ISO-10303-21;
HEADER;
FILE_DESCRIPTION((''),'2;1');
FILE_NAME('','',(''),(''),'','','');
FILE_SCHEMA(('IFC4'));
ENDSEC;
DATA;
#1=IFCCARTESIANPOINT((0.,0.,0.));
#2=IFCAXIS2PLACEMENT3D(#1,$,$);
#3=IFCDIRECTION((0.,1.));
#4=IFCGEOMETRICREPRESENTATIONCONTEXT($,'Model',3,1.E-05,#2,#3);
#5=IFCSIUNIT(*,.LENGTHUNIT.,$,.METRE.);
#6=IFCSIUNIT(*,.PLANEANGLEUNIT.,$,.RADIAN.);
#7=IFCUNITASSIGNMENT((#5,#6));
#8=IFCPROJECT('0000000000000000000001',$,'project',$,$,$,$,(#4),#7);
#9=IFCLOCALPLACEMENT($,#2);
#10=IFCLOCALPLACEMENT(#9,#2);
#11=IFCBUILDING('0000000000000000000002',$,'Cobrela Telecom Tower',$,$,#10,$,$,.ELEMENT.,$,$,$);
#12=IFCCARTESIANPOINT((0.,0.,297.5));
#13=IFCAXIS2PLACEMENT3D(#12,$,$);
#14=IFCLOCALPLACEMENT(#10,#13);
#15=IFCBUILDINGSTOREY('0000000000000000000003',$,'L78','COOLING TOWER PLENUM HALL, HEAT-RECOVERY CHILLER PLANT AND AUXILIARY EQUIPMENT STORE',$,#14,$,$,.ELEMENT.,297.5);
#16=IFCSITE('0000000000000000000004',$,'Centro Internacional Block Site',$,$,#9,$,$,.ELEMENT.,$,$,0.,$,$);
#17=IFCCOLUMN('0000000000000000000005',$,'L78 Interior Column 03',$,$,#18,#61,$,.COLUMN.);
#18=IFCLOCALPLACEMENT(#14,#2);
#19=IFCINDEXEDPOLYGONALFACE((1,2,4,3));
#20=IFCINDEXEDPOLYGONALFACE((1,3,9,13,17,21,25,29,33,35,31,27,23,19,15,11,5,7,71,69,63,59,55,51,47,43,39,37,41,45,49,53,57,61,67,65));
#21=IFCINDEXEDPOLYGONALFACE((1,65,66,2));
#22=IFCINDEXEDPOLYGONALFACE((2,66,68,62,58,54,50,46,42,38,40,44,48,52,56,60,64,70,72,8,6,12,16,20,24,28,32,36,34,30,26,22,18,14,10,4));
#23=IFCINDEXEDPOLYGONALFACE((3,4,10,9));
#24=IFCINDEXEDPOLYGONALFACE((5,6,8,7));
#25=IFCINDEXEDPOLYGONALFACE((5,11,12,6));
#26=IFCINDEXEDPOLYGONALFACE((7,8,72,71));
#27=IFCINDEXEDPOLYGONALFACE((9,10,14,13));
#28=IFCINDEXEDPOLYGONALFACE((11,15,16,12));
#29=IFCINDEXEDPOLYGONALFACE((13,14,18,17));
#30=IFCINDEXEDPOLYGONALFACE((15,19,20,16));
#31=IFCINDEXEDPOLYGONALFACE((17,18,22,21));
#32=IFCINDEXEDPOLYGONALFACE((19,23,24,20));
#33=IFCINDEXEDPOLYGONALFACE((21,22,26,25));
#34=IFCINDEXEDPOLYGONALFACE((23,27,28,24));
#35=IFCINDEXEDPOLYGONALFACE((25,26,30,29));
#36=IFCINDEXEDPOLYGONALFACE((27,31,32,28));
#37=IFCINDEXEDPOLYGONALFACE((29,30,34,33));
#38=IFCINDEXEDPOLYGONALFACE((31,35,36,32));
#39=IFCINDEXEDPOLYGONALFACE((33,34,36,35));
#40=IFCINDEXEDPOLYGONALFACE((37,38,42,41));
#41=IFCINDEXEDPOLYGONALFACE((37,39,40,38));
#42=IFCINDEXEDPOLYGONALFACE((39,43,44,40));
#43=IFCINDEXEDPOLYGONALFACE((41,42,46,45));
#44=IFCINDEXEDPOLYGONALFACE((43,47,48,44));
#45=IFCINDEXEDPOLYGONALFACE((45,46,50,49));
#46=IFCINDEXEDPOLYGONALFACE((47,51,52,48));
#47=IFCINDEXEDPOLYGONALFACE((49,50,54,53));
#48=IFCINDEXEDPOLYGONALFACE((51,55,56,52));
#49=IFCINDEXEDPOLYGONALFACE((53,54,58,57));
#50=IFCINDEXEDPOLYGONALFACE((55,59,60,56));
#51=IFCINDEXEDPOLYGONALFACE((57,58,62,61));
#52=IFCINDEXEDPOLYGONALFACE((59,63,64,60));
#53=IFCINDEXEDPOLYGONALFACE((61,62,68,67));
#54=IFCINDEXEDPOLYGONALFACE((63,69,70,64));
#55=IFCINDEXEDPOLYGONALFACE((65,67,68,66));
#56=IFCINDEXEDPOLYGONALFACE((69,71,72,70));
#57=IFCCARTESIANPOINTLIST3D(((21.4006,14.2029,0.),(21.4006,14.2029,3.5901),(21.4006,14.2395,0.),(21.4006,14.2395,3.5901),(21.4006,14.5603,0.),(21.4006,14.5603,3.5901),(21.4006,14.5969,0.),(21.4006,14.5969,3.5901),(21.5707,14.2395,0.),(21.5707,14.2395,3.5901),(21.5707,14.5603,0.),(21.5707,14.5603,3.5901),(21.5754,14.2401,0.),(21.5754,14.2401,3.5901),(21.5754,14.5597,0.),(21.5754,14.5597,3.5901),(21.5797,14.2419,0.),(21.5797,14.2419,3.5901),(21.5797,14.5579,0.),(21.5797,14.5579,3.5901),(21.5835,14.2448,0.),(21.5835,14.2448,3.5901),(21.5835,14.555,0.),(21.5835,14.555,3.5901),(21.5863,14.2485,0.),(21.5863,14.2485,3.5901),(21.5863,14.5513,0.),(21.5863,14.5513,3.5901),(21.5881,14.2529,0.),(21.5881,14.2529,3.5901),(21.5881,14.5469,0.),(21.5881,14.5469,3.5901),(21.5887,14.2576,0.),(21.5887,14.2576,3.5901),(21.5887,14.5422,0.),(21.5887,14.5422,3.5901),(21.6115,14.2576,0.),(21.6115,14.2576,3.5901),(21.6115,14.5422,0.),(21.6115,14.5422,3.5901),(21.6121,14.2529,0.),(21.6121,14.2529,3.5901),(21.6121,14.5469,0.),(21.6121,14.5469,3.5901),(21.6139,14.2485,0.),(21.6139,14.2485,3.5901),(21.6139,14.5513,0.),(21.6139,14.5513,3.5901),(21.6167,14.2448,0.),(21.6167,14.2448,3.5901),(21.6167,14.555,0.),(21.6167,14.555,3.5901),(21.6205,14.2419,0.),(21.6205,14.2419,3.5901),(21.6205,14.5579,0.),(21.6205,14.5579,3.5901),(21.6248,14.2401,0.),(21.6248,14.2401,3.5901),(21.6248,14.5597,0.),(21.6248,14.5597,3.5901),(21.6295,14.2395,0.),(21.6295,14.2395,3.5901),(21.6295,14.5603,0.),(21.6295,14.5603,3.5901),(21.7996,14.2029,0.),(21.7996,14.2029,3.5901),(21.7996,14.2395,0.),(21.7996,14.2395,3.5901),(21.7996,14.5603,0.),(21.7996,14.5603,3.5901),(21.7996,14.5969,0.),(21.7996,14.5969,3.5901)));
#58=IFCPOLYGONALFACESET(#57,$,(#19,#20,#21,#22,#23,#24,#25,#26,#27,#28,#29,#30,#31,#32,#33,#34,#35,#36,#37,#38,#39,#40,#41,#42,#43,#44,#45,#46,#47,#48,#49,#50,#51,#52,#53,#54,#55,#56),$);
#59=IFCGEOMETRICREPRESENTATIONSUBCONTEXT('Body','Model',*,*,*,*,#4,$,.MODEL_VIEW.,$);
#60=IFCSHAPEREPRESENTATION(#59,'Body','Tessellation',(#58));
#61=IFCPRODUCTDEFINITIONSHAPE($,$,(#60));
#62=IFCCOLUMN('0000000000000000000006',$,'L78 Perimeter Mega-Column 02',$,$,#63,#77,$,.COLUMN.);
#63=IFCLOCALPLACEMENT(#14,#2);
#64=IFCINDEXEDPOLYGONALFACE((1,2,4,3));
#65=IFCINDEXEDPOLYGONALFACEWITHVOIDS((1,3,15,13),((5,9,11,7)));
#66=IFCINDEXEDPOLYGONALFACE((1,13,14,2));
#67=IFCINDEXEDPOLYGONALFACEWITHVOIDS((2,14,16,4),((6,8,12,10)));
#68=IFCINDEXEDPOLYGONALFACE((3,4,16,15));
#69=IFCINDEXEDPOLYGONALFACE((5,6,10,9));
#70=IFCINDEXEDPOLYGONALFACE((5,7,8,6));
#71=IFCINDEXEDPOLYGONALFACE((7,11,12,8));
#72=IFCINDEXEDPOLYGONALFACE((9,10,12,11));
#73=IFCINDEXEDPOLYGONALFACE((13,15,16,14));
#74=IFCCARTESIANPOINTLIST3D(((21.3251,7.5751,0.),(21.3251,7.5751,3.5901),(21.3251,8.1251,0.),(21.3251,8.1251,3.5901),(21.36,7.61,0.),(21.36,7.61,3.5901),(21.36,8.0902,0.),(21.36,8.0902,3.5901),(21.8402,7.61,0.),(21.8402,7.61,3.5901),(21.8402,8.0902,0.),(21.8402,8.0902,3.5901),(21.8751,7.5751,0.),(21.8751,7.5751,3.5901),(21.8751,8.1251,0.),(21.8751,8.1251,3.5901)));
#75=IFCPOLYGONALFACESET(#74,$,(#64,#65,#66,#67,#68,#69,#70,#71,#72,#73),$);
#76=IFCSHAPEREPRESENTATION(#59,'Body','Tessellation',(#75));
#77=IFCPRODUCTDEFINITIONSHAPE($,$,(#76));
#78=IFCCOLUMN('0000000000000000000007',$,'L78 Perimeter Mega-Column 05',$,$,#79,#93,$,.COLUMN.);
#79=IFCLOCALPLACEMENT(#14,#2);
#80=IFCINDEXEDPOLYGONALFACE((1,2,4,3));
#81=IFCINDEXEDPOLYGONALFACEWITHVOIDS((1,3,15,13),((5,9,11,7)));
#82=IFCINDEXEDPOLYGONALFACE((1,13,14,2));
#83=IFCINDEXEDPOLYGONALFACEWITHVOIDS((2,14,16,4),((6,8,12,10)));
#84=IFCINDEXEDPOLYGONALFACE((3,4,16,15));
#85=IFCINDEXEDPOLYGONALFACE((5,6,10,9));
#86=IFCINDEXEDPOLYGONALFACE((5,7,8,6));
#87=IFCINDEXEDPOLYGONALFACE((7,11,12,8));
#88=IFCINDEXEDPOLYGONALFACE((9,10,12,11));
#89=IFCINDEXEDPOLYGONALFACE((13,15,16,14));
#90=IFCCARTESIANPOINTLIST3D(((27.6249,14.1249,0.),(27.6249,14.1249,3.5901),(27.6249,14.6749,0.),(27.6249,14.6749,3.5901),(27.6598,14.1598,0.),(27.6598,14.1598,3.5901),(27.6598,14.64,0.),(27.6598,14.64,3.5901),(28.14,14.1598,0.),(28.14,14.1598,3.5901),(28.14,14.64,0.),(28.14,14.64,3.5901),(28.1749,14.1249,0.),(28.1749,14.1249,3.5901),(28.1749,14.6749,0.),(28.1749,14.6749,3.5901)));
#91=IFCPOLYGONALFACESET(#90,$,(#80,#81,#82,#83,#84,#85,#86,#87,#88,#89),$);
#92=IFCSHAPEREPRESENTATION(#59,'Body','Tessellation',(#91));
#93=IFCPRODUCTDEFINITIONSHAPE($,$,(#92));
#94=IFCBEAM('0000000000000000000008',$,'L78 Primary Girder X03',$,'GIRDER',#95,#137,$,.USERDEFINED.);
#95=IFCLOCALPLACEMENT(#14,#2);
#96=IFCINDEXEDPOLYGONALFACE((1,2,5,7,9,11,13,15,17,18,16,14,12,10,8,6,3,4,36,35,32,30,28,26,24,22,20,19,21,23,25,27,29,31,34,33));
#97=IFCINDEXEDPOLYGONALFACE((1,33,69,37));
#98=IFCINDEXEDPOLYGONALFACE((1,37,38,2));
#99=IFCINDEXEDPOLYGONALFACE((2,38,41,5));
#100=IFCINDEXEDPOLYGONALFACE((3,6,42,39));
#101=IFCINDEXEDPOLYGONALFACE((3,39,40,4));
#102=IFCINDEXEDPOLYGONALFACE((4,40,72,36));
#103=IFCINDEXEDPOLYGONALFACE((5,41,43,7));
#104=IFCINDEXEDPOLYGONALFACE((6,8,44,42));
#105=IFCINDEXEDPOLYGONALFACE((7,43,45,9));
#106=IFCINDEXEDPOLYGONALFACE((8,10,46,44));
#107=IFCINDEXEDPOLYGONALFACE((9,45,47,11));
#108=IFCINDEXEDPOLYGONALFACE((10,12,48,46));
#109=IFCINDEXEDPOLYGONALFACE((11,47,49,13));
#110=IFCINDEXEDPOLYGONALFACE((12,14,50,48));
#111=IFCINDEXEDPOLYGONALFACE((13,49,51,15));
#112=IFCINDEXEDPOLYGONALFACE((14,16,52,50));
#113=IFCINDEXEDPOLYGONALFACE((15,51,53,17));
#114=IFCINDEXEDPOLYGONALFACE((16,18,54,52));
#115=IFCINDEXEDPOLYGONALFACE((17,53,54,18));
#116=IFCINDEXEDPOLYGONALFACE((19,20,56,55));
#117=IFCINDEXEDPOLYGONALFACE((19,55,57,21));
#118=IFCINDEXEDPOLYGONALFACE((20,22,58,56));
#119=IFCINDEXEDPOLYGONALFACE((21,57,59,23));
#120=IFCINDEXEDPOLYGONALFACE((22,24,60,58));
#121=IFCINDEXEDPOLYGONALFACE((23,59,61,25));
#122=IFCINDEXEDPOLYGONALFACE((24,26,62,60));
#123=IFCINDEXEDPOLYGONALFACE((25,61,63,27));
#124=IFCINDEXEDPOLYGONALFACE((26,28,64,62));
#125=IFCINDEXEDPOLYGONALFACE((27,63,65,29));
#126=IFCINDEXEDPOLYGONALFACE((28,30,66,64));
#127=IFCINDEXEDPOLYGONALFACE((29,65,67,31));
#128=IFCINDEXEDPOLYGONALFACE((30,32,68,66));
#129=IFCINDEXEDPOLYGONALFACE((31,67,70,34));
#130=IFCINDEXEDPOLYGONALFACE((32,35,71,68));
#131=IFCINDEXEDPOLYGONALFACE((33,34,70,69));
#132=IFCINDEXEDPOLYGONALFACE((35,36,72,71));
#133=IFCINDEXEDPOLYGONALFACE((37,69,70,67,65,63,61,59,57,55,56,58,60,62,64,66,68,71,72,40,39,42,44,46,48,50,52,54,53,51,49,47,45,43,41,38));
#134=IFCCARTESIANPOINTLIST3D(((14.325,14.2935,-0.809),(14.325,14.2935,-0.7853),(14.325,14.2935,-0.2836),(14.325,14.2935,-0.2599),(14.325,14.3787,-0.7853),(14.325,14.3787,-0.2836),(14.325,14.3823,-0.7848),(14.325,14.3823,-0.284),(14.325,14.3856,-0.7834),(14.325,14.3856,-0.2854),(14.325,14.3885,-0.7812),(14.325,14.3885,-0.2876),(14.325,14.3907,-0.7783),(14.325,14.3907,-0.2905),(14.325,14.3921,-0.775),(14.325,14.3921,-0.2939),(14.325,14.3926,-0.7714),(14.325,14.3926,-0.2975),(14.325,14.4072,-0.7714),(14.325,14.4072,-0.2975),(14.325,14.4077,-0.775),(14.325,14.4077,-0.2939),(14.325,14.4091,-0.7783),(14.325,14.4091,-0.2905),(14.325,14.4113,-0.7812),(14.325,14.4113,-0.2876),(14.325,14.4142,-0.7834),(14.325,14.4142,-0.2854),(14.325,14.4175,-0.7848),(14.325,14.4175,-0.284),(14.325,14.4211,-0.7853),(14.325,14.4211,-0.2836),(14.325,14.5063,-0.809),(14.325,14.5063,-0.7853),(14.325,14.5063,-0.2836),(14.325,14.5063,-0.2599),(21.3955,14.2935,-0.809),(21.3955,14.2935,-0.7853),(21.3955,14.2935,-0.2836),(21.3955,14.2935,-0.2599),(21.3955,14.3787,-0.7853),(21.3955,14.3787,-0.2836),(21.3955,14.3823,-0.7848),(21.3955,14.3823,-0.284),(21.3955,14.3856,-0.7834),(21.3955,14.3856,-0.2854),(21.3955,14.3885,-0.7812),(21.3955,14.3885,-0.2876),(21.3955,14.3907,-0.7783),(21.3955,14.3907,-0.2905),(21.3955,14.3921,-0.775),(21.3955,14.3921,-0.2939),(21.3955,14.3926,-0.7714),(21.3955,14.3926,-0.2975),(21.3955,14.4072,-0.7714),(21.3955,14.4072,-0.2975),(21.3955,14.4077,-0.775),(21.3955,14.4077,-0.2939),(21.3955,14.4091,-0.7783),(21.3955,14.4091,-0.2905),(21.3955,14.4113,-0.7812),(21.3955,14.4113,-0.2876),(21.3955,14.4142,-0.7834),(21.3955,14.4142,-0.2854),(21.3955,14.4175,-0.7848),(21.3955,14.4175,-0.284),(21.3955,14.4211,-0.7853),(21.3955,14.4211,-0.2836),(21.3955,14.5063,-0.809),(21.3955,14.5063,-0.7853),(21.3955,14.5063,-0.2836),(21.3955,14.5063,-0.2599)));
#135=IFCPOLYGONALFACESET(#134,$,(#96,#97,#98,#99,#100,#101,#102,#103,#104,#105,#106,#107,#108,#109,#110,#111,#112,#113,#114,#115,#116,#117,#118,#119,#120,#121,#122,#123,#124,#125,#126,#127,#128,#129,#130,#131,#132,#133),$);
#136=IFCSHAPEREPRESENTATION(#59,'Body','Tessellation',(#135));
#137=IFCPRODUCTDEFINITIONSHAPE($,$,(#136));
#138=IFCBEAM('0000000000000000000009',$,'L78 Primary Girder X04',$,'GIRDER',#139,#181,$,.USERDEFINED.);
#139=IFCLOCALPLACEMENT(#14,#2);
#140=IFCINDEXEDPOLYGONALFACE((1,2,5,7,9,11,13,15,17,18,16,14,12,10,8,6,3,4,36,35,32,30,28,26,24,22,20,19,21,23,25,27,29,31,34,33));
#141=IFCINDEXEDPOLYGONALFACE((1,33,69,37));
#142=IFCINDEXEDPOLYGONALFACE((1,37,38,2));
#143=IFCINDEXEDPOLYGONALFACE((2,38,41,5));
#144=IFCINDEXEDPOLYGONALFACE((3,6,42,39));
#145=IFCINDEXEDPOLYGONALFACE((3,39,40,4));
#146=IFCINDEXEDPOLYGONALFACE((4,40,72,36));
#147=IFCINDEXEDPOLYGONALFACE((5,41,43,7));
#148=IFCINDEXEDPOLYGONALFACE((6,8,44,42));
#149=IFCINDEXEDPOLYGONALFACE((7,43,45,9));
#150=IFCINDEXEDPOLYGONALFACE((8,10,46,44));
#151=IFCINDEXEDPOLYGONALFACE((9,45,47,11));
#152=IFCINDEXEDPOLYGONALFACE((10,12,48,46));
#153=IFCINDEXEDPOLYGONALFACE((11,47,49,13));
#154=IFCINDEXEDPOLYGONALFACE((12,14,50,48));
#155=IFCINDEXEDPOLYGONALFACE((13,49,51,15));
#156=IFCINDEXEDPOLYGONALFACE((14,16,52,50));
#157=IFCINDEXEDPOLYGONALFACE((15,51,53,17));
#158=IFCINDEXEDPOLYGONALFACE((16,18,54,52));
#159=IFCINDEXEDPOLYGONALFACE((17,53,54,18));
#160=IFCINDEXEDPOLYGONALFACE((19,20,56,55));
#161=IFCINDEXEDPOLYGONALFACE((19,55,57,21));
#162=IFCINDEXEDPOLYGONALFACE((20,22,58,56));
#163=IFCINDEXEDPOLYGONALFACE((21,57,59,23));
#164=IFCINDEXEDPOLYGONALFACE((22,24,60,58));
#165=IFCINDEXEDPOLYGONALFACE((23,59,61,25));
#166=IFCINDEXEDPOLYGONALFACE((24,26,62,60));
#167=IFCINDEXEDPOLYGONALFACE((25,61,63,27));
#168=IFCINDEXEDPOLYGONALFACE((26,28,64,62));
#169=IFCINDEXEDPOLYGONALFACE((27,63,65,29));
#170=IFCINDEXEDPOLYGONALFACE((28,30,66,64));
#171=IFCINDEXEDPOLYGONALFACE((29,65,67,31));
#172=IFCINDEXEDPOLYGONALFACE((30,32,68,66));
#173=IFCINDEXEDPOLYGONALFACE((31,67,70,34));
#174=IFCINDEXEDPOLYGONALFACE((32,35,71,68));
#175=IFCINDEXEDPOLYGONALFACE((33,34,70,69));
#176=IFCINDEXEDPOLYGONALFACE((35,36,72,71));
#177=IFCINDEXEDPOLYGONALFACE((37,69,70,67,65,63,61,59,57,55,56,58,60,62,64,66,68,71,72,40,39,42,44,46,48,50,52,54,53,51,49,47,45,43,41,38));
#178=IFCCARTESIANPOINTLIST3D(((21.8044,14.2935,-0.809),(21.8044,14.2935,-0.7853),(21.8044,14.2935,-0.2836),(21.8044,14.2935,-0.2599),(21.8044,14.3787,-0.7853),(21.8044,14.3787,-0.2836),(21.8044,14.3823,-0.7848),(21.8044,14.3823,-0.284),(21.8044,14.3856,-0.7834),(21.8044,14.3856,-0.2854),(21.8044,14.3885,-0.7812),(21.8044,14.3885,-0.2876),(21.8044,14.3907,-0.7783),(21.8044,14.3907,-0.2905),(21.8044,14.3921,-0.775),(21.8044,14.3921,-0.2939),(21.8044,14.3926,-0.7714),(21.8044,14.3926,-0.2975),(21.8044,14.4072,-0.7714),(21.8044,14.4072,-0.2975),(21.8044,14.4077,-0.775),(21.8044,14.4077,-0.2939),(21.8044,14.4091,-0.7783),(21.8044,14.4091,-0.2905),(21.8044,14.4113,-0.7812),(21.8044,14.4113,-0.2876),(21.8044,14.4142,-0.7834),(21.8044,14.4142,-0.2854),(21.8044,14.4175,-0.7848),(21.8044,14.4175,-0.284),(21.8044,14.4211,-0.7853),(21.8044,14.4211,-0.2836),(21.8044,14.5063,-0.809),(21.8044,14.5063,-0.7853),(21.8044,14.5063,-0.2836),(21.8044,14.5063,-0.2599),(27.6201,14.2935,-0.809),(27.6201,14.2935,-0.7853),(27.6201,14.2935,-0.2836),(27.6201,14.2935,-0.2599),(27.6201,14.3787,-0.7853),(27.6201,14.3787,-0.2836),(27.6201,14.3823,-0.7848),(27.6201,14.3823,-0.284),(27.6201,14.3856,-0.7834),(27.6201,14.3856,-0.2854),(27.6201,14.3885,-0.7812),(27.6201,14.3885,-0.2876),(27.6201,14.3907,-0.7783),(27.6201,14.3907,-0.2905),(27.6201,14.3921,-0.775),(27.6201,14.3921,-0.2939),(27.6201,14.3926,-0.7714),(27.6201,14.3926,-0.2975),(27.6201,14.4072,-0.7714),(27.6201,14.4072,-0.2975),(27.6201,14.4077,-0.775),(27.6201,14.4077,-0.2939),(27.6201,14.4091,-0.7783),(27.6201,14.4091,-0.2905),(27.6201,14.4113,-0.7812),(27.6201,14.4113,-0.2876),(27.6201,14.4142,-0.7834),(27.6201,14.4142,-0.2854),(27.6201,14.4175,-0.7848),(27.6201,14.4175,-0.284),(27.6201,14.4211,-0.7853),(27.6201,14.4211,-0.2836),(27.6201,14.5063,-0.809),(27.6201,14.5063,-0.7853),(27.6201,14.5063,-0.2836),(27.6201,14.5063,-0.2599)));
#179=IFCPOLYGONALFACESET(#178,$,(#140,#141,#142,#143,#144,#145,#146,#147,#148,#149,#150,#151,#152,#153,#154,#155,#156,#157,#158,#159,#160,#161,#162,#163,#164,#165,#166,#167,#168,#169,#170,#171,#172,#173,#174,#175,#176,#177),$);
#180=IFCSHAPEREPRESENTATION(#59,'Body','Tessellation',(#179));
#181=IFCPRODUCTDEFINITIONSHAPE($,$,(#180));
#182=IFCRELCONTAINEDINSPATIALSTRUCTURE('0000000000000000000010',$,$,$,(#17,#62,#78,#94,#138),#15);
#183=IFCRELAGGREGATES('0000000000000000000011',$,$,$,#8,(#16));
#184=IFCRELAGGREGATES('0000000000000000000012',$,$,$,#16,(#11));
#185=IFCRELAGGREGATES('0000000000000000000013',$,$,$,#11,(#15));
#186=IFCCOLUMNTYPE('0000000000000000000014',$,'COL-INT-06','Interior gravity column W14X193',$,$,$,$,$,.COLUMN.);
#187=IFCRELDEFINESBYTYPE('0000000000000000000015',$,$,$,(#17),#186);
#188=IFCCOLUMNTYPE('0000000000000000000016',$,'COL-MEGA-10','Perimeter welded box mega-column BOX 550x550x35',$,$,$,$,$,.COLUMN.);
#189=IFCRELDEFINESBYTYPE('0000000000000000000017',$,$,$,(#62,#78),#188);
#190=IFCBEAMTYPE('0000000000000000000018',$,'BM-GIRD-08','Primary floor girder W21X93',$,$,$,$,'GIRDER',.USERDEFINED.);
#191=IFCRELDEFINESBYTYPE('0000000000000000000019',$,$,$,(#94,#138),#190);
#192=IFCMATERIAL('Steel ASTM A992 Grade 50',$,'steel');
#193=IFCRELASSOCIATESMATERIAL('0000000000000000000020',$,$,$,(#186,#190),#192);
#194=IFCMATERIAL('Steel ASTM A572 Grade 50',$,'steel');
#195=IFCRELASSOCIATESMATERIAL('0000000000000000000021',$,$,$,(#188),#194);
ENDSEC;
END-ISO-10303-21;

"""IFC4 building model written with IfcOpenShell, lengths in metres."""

from ifc_helpers import new_model, si_unit, direction, frame, origin, origin_2d, place, context, subcontext, project, spatial, hollow_rectangle, i_section, extrude, material, material_profile, profile_set, type_object, element, save


model = new_model("IFC4")

# Units and contexts
model_context = context("Model", 3, precision=1e-05, world=origin(), true_north=direction((0.0, 1.0)))
body_context = subcontext(model_context, "Body", "Model", "MODEL_VIEW")
ifc_project = project(units=[si_unit("LENGTHUNIT", "METRE"), si_unit("PLANEANGLEUNIT", "RADIAN")], contexts=[model_context])

# Site, building, storey
site_placement = place(None, origin())
site = spatial("IfcSite", under=ifc_project, at=site_placement, Name="Centro Internacional Block Site", CompositionType="ELEMENT", RefElevation=0.0)
building_placement = place(site_placement, origin())
building = spatial("IfcBuilding", under=site, at=building_placement, Name="Cobrela Telecom Tower", CompositionType="ELEMENT")
storey_placement = place(building_placement, frame((0.0, 0.0, 297.5)))
storey = spatial("IfcBuildingStorey", under=building, at=storey_placement, Name="L78", Description="COOLING TOWER PLENUM HALL, HEAT-RECOVERY CHILLER PLANT AND AUXILIARY EQUIPMENT STORE", CompositionType="ELEMENT", Elevation=297.5)

# Columns
ifc_material_1 = material(Name="Steel ASTM A992 Grade 50", Category="steel")
ifc_material_profile_1 = material_profile(ifc_material_1, i_section(OverallWidth=0.3989, OverallDepth=0.394, WebThickness=0.0227, FlangeThickness=0.0366, FilletRadius=0.0181, at=origin_2d()), Name="W14X193")
ifc_profile_set_1 = profile_set([ifc_material_profile_1], Name="Steel ASTM A992 Grade 50")
column_type_1 = type_object("IfcColumnType", Name="COL-INT-06", Description="Interior gravity column W14X193", PredefinedType="COLUMN", material=ifc_profile_set_1)
column_placement = place(storey_placement, frame((21.6001, 14.3999, 0.0), z_axis=(0.0, 0.0, 1.0), x_axis=(1.0, 0.0, 0.0)))
element("IfcColumn", 1, at=column_placement, inside=storey, type_object=column_type_1, Name="L78 Interior Column 03", PredefinedType="COLUMN", context=body_context, shape_type="SweptSolid", body=[
    extrude(i_section(OverallWidth=0.3989, OverallDepth=0.394, WebThickness=0.0227, FlangeThickness=0.0366, FilletRadius=0.0181, at=origin_2d()), origin(), (0.0, 0.0, 1.0), 3.5901),
])
ifc_material_2 = material(Name="Steel ASTM A572 Grade 50", Category="steel")
ifc_material_profile_2 = material_profile(ifc_material_2, hollow_rectangle(XDim=0.55, YDim=0.55, WallThickness=0.0349, at=origin_2d()), Name="BOX 550x550x35")
ifc_profile_set_2 = profile_set([ifc_material_profile_2], Name="Steel ASTM A572 Grade 50")
column_type_2 = type_object("IfcColumnType", Name="COL-MEGA-10", Description="Perimeter welded box mega-column BOX 550x550x35", PredefinedType="COLUMN", material=ifc_profile_set_2)
for number, where, z_axis, x_axis, name in (
    (2, (21.6001, 7.8501, 0.0), (0.0, 0.0, 1.0), (1.0, 0.0, 0.0), "L78 Perimeter Mega-Column 02"),
    (3, (27.8999, 14.3999, 0.0), (0.0, 0.0, 1.0), (1.0, 0.0, 0.0), "L78 Perimeter Mega-Column 05"),
):
    element("IfcColumn", number, at=place(storey_placement, frame(where, z_axis=z_axis, x_axis=x_axis)), inside=storey, type_object=column_type_2, Name=name, PredefinedType="COLUMN", context=body_context, shape_type="SweptSolid", body=[
        extrude(hollow_rectangle(XDim=0.55, YDim=0.55, WallThickness=0.0349, at=origin_2d()), origin(), (0.0, 0.0, 1.0), 3.5901),
    ])

# Beams
ifc_material_profile_3 = material_profile(ifc_material_1, i_section(OverallWidth=0.2129, OverallDepth=0.5491, WebThickness=0.0146, FlangeThickness=0.0237, FilletRadius=0.0139, at=origin_2d()), Name="W21X93")
ifc_profile_set_3 = profile_set([ifc_material_profile_3], Name="Steel ASTM A992 Grade 50")
beam_type_1 = type_object("IfcBeamType", Name="BM-GIRD-08", Description="Primary floor girder W21X93", ElementType="GIRDER", PredefinedType="USERDEFINED", material=ifc_profile_set_3)
beam_1_placement = place(storey_placement, frame((14.325, 14.3999, -0.5344), z_axis=(1.0, 0.0, 0.0), x_axis=(0.0, 1.0, 0.0)))
element("IfcBeam", 4, at=beam_1_placement, inside=storey, type_object=beam_type_1, Name="L78 Primary Girder X03", ObjectType="GIRDER", PredefinedType="USERDEFINED", context=body_context, shape_type="SweptSolid", body=[
    extrude(i_section(OverallWidth=0.2129, OverallDepth=0.5491, WebThickness=0.0146, FlangeThickness=0.0237, FilletRadius=0.0139, at=origin_2d()), origin(), (0.0, 0.0, 1.0), 7.0706),
])
beam_2_placement = place(storey_placement, frame((21.8044, 14.3999, -0.5344), z_axis=(1.0, 0.0, 0.0), x_axis=(0.0, 1.0, 0.0)))
element("IfcBeam", 5, at=beam_2_placement, inside=storey, type_object=beam_type_1, Name="L78 Primary Girder X04", ObjectType="GIRDER", PredefinedType="USERDEFINED", context=body_context, shape_type="SweptSolid", body=[
    extrude(i_section(OverallWidth=0.2129, OverallDepth=0.5491, WebThickness=0.0146, FlangeThickness=0.0237, FilletRadius=0.0139, at=origin_2d()), origin(), (0.0, 0.0, 1.0), 5.8157),
])

save(model, "model.ifc")
